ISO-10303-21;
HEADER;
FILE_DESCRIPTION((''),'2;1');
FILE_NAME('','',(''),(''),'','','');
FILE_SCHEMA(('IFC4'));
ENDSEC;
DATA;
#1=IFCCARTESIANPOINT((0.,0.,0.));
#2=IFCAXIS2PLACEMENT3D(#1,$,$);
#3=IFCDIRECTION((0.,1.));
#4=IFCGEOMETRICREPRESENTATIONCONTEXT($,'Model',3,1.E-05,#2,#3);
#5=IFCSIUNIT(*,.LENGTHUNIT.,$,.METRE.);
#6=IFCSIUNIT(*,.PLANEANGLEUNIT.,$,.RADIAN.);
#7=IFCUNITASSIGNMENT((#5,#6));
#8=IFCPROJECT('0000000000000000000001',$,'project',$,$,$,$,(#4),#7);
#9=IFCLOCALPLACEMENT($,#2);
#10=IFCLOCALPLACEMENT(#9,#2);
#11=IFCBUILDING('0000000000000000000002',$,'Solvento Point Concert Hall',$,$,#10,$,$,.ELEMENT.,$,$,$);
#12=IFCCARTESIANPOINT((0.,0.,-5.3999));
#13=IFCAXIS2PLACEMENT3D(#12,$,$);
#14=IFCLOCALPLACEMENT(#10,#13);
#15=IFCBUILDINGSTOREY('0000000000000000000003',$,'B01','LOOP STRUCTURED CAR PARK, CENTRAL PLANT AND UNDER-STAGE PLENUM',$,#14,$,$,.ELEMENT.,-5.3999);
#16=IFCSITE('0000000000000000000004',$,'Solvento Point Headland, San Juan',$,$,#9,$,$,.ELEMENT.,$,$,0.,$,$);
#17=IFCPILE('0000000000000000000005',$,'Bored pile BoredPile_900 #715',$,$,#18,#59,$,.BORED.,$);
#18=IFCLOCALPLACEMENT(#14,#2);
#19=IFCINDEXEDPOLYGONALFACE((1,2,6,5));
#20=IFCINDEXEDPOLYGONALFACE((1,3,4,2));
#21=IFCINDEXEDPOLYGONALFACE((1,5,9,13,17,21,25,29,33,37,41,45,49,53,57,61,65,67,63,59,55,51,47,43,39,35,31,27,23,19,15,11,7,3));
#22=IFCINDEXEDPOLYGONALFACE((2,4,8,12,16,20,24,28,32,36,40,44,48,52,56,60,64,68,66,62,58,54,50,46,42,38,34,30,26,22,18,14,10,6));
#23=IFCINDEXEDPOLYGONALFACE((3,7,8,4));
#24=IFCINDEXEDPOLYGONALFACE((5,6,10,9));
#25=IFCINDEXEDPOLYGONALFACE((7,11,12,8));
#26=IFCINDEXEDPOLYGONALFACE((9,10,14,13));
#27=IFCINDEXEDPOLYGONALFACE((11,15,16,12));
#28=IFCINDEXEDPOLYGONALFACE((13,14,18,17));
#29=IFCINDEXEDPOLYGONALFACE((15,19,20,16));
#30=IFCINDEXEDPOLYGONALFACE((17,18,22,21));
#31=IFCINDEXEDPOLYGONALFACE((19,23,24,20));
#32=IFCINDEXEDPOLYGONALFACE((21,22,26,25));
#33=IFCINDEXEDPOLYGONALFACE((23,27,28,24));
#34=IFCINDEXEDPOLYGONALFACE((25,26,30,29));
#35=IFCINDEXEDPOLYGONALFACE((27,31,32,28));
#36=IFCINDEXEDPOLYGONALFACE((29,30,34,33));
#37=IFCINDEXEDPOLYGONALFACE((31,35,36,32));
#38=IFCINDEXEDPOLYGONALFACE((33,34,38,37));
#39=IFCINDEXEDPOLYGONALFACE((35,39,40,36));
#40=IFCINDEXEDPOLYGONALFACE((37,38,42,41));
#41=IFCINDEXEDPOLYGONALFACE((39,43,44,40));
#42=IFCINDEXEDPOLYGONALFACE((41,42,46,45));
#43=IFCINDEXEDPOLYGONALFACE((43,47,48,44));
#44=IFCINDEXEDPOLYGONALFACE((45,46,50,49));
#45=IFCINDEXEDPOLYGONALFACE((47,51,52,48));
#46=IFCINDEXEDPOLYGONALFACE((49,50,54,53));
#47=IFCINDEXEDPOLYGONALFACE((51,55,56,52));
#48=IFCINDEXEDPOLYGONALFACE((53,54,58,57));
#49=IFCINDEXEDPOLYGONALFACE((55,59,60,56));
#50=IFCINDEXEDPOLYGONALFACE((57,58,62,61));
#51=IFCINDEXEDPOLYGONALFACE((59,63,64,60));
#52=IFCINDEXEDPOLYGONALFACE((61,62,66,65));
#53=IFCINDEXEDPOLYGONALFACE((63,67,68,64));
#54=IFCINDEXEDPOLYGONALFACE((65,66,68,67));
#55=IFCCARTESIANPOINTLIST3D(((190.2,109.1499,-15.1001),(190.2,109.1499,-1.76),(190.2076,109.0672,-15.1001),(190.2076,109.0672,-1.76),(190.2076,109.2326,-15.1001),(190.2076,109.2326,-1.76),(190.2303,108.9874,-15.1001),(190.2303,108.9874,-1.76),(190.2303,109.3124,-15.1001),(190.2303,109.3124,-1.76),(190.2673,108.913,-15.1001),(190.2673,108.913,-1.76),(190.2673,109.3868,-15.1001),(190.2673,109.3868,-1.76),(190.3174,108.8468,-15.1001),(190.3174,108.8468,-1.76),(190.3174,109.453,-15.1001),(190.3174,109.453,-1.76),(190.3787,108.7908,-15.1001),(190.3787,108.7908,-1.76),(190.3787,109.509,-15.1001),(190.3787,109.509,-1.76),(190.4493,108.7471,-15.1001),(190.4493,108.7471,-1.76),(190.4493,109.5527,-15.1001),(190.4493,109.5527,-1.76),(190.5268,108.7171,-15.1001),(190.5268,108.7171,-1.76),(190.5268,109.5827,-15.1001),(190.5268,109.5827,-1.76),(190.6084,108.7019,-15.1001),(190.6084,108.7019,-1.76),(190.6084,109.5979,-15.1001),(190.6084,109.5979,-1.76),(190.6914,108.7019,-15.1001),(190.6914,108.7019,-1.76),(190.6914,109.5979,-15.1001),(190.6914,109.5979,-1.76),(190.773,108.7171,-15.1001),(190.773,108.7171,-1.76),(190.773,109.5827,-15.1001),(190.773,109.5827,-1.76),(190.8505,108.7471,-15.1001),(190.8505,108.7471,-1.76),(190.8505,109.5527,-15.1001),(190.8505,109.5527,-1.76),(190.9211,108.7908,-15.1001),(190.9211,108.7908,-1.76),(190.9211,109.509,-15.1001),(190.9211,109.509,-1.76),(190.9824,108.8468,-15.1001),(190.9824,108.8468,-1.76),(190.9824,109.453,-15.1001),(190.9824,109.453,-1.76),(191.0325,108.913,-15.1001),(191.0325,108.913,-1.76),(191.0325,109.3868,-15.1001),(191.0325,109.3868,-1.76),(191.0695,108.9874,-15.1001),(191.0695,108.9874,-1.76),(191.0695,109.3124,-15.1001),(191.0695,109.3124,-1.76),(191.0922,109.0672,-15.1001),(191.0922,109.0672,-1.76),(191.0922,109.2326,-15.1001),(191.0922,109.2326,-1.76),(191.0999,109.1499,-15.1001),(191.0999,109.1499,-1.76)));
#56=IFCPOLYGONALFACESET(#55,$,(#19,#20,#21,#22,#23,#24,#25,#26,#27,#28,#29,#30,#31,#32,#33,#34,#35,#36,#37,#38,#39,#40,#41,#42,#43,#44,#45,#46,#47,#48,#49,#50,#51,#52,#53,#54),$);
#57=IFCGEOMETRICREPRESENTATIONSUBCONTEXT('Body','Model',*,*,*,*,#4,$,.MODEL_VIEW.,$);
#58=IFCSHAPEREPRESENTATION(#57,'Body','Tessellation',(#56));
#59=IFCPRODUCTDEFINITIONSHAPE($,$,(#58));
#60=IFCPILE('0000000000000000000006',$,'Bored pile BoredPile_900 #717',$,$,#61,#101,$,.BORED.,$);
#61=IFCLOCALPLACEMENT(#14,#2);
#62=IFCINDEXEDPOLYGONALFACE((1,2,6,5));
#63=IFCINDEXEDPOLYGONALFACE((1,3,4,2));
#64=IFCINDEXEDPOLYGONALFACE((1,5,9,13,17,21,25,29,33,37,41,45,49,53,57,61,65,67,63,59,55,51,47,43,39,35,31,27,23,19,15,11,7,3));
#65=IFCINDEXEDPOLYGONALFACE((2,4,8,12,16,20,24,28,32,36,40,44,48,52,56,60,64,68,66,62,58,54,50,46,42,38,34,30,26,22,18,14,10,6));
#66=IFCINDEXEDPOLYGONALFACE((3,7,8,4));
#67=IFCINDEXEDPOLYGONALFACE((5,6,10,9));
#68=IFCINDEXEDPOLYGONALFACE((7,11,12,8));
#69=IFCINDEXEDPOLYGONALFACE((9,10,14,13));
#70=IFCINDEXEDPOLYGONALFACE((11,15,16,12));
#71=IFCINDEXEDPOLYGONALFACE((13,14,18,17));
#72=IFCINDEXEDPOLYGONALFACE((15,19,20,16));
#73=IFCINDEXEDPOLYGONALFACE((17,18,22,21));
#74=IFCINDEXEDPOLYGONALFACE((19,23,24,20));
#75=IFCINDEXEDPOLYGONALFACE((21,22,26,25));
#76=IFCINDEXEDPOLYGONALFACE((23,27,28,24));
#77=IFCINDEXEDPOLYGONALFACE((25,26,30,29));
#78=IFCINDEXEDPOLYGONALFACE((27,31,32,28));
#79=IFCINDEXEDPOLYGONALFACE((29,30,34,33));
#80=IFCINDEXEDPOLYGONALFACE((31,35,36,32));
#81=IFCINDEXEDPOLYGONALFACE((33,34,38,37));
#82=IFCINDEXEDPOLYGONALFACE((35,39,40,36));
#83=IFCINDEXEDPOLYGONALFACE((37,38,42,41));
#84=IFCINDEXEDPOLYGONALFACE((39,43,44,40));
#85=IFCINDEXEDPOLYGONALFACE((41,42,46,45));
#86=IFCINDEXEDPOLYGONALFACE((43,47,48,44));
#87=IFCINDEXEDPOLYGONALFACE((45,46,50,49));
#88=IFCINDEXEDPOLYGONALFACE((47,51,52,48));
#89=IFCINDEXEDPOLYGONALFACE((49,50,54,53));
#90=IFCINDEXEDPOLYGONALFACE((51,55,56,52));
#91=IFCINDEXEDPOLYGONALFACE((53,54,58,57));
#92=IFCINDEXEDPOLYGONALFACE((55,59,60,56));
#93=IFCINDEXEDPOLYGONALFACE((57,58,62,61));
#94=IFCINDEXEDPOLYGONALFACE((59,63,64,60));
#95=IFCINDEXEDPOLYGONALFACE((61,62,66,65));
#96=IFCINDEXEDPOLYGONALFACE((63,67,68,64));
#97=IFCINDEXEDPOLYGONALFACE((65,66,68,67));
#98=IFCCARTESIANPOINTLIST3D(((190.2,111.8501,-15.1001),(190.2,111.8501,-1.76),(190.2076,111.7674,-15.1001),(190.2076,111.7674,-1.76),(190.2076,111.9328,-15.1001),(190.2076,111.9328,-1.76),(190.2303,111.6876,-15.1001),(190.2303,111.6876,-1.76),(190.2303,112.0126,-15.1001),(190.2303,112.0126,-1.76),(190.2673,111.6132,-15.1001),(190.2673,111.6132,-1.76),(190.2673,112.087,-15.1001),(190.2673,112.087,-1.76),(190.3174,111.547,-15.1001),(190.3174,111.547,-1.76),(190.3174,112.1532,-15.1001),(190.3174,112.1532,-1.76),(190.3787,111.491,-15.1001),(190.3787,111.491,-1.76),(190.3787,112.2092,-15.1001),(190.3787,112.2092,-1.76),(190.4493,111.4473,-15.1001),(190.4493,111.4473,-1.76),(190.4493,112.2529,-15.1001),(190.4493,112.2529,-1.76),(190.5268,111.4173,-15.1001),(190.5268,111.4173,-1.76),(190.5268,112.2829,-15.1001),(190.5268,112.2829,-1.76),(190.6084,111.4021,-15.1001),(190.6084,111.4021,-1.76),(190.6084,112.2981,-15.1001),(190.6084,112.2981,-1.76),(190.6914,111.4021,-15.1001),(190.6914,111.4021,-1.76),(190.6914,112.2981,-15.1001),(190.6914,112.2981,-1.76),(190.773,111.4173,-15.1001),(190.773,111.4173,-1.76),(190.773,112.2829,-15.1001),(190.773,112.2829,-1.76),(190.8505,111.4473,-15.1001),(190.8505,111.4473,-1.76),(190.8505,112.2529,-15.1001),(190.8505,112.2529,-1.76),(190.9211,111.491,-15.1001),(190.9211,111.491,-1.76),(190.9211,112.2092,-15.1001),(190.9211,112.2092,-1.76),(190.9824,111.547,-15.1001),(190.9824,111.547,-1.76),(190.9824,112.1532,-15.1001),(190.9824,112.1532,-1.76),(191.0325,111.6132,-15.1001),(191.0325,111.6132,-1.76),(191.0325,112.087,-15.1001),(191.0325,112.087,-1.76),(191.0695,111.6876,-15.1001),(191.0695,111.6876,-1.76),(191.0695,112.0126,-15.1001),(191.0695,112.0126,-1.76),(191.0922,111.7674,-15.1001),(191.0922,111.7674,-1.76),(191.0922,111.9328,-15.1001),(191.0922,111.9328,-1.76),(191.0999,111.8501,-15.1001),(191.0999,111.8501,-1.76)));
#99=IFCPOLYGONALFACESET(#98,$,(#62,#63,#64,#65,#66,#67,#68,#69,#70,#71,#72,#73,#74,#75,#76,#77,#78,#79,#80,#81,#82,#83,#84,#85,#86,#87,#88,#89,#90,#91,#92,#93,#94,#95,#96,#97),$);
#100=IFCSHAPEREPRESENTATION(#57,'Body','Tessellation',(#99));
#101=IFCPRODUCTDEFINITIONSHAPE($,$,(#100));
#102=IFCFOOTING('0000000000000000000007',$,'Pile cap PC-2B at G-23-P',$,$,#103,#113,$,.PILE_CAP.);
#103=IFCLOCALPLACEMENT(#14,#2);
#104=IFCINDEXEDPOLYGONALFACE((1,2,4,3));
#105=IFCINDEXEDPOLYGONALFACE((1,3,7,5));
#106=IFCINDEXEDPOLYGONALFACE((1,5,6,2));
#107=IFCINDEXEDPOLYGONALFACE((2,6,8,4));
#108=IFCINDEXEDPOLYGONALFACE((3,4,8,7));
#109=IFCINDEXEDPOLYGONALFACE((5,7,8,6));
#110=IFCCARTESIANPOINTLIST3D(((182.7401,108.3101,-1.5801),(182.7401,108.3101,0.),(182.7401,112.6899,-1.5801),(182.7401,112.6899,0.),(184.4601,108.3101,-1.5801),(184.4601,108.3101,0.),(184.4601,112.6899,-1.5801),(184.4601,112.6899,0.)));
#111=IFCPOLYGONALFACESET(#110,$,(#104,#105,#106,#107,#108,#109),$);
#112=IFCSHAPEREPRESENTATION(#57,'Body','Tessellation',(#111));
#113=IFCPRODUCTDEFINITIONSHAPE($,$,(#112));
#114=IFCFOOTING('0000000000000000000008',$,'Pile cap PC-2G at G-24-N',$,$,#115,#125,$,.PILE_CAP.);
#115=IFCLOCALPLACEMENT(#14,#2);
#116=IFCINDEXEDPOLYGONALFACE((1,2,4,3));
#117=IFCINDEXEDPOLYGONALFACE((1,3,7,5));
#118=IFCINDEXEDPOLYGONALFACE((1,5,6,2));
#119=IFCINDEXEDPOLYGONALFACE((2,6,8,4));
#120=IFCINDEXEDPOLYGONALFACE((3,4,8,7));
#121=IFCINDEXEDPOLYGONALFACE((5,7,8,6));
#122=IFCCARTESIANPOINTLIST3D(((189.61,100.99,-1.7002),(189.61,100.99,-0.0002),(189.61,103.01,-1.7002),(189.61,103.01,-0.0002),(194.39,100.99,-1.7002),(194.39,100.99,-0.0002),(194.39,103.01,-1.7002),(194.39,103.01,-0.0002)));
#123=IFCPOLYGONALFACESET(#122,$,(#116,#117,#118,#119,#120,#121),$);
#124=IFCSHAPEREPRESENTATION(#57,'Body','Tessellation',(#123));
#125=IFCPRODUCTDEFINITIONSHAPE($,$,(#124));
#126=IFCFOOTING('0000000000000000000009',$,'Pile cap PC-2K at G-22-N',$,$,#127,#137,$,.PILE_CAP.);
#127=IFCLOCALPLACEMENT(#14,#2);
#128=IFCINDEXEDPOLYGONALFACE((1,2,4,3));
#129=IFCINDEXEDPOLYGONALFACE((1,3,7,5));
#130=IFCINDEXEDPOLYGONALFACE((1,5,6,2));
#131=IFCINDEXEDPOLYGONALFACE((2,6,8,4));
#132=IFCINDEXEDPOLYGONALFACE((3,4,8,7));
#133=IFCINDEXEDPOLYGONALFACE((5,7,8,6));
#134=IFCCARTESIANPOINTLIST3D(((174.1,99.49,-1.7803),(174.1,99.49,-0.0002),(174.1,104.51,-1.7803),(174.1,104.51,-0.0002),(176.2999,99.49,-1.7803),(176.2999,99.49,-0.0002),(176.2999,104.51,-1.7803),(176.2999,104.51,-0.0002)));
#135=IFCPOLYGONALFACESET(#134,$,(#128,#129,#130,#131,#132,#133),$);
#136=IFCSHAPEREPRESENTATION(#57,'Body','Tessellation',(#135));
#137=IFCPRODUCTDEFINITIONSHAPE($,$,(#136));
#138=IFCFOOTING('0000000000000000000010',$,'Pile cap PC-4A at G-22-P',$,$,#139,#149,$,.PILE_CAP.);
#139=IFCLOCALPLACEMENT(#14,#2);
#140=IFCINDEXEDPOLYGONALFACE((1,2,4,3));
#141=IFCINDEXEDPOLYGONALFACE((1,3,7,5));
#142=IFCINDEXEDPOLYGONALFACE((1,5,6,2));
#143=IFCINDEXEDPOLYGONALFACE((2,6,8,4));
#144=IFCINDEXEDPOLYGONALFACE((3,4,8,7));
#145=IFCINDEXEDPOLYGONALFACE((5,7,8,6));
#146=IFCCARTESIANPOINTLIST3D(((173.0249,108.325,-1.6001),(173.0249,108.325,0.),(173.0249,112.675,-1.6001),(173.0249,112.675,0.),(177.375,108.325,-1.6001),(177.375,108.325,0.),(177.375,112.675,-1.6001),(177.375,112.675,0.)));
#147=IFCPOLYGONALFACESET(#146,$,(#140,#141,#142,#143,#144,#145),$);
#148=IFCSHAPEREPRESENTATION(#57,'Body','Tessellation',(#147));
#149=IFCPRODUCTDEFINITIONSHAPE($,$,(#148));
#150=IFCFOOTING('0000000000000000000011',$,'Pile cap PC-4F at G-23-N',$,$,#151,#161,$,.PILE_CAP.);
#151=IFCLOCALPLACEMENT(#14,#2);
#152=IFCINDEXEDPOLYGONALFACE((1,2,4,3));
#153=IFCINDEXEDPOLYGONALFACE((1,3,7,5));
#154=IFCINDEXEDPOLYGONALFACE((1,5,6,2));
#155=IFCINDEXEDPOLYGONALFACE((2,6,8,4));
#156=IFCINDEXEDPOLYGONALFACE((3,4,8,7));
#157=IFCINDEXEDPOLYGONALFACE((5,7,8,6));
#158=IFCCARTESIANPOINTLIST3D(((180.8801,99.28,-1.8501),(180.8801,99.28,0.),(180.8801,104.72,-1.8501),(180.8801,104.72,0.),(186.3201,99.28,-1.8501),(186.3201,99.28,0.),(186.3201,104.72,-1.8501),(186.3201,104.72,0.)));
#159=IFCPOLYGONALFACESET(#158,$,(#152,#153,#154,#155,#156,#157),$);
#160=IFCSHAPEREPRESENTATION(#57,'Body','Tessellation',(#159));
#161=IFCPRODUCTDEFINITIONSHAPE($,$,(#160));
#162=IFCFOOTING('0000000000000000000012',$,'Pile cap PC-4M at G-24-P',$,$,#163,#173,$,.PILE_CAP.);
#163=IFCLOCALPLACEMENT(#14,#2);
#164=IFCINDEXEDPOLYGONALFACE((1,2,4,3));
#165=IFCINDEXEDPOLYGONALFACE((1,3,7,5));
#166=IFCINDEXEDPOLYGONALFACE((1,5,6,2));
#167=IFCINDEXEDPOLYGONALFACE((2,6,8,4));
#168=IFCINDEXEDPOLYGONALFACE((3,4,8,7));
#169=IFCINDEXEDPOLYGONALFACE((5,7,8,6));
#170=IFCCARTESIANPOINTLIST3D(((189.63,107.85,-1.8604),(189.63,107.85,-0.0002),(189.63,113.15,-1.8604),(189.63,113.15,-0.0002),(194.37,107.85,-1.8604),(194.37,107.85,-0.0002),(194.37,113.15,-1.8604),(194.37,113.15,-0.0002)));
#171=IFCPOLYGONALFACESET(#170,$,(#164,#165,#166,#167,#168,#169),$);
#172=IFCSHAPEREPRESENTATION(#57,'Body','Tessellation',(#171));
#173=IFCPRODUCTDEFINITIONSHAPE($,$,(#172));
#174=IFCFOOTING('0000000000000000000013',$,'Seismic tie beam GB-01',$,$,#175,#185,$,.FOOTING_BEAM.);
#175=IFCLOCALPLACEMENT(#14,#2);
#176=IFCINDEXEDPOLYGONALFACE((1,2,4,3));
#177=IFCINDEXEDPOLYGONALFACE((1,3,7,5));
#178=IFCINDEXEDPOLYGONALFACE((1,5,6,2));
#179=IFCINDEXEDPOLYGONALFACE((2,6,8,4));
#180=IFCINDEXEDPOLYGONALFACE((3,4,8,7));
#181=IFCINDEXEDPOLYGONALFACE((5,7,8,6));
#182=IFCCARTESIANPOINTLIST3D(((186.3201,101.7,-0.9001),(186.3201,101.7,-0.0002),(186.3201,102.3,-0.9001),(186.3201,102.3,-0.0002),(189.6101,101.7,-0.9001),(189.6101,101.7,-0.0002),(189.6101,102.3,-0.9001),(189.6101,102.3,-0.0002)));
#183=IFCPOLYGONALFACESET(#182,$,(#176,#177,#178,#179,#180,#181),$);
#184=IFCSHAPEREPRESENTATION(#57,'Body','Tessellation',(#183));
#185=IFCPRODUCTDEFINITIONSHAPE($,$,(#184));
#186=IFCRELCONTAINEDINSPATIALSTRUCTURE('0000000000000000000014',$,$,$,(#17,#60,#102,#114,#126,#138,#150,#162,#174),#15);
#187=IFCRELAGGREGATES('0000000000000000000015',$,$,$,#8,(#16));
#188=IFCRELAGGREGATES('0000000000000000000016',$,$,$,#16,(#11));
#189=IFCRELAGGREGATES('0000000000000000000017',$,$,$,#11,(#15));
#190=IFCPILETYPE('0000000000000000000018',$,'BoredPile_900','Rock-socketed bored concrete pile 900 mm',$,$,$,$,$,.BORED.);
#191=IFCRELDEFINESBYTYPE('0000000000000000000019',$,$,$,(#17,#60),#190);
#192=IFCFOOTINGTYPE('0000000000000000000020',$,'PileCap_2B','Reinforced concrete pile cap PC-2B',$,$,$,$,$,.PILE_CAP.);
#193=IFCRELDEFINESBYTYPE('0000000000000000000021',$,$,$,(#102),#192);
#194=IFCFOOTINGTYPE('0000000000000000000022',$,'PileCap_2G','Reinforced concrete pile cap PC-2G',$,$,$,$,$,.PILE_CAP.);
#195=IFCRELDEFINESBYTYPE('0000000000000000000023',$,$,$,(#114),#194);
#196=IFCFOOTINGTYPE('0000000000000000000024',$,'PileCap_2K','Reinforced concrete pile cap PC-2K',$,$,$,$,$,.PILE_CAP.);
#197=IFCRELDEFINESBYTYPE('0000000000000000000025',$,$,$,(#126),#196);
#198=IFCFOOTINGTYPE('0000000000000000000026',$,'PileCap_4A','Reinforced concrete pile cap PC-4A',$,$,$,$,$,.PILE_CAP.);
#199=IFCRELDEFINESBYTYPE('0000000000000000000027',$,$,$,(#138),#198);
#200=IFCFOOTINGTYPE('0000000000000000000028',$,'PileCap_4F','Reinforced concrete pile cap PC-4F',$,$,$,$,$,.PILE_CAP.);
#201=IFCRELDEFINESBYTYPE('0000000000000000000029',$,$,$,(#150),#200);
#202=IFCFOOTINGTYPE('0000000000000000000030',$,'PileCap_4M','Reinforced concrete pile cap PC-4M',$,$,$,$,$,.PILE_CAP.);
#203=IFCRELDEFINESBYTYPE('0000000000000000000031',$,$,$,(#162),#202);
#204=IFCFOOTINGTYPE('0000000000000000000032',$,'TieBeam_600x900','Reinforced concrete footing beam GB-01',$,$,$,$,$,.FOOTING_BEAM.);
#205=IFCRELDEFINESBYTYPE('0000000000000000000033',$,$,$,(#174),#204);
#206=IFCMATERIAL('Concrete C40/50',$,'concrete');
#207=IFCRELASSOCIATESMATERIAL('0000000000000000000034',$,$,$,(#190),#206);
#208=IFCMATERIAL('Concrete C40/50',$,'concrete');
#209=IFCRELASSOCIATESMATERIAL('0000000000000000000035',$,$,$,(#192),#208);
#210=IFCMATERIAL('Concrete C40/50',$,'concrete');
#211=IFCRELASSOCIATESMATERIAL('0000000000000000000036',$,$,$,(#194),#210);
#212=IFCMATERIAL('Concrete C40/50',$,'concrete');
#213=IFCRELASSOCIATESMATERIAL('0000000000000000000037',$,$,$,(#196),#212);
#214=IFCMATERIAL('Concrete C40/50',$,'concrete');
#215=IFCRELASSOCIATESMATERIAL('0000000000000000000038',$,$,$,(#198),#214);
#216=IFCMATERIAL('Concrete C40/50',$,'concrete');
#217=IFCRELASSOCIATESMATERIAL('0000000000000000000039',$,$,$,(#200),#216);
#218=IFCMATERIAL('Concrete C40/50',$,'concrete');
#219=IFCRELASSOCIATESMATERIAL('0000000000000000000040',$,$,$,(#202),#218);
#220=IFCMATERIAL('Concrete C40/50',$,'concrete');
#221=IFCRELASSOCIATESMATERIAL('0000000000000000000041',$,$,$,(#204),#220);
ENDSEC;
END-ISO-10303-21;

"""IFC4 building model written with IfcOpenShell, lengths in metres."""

from ifc_helpers import new_model, si_unit, direction, frame, origin, origin_2d, place, context, subcontext, project, spatial, rectangle, circle, extrude, material, material_profile, profile_set, type_object, element, save


model = new_model("IFC4")

# Units and contexts
model_context = context("Model", 3, precision=1e-05, world=origin(), true_north=direction((0.0, 1.0)))
body_context = subcontext(model_context, "Body", "Model", "MODEL_VIEW")
ifc_project = project(units=[si_unit("LENGTHUNIT", "METRE"), si_unit("PLANEANGLEUNIT", "RADIAN")], contexts=[model_context])

# Site, building, storey
site_placement = place(None, origin())
site = spatial("IfcSite", under=ifc_project, at=site_placement, Name="Solvento Point Headland, San Juan", CompositionType="ELEMENT", RefElevation=0.0)
building_placement = place(site_placement, origin())
building = spatial("IfcBuilding", under=site, at=building_placement, Name="Solvento Point Concert Hall", CompositionType="ELEMENT")
storey_placement = place(building_placement, frame((0.0, 0.0, -5.3999)))
storey = spatial("IfcBuildingStorey", under=building, at=storey_placement, Name="B01", Description="LOOP STRUCTURED CAR PARK, CENTRAL PLANT AND UNDER-STAGE PLENUM", CompositionType="ELEMENT", Elevation=-5.3999)

# Piles
ifc_material_1 = material(Name="Concrete C40/50", Category="concrete")
ifc_material_profile_1 = material_profile(ifc_material_1, circle(Radius=0.45, at=origin_2d()), Name="BP-900")
ifc_profile_set_1 = profile_set([ifc_material_profile_1], Name="Concrete C40/50")
pile_type_1 = type_object("IfcPileType", Name="BoredPile_900", Description="Rock-socketed bored concrete pile 900 mm", PredefinedType="BORED", material=ifc_profile_set_1)
for number, where, z_axis, x_axis, name in (
    (1, (190.6499, 109.1499, -1.76), (0.0, 0.0, -1.0), (1.0, 0.0, 0.0), "Bored pile BoredPile_900 #715"),
    (2, (190.6499, 111.8501, -1.76), (0.0, 0.0, -1.0), (1.0, 0.0, 0.0), "Bored pile BoredPile_900 #717"),
):
    element("IfcPile", number, at=place(storey_placement, frame(where, z_axis=z_axis, x_axis=x_axis)), inside=storey, type_object=pile_type_1, Name=name, PredefinedType="BORED", context=body_context, shape_type="SweptSolid", body=[
        extrude(circle(Radius=0.45, at=origin_2d()), origin(), (0.0, 0.0, 1.0), 13.3401),
    ])

# Footings
ifc_material_2 = material(Name="Concrete C40/50", Category="concrete")
footing_type_1 = type_object("IfcFootingType", Name="PileCap_2B", Description="Reinforced concrete pile cap PC-2B", PredefinedType="PILE_CAP", material=ifc_material_2)
footing_1_placement = place(storey_placement, frame((183.6001, 110.5, -1.5801), z_axis=(0.0, 0.0, 1.0), x_axis=(1.0, 0.0, 0.0)))
element("IfcFooting", 3, at=footing_1_placement, inside=storey, type_object=footing_type_1, Name="Pile cap PC-2B at G-23-P", PredefinedType="PILE_CAP", context=body_context, shape_type="SweptSolid", body=[
    extrude(rectangle(XDim=1.72, YDim=4.3799, at=origin_2d()), origin(), (0.0, 0.0, 1.0), 1.5801),
])
ifc_material_3 = material(Name="Concrete C40/50", Category="concrete")
footing_type_2 = type_object("IfcFootingType", Name="PileCap_2G", Description="Reinforced concrete pile cap PC-2G", PredefinedType="PILE_CAP", material=ifc_material_3)
footing_2_placement = place(storey_placement, frame((192.0, 102.0, -1.7002), z_axis=(0.0, 0.0, 1.0), x_axis=(1.0, 0.0, 0.0)))
element("IfcFooting", 4, at=footing_2_placement, inside=storey, type_object=footing_type_2, Name="Pile cap PC-2G at G-24-N", PredefinedType="PILE_CAP", context=body_context, shape_type="SweptSolid", body=[
    extrude(rectangle(XDim=4.78, YDim=2.02, at=origin_2d()), origin(), (0.0, 0.0, 1.0), 1.7),
])
ifc_material_4 = material(Name="Concrete C40/50", Category="concrete")
footing_type_3 = type_object("IfcFootingType", Name="PileCap_2K", Description="Reinforced concrete pile cap PC-2K", PredefinedType="PILE_CAP", material=ifc_material_4)
footing_3_placement = place(storey_placement, frame((175.2, 102.0, -1.7803), z_axis=(0.0, 0.0, 1.0), x_axis=(1.0, 0.0, 0.0)))
element("IfcFooting", 5, at=footing_3_placement, inside=storey, type_object=footing_type_3, Name="Pile cap PC-2K at G-22-N", PredefinedType="PILE_CAP", context=body_context, shape_type="SweptSolid", body=[
    extrude(rectangle(XDim=2.2, YDim=5.02, at=origin_2d()), origin(), (0.0, 0.0, 1.0), 1.78),
])
ifc_material_5 = material(Name="Concrete C40/50", Category="concrete")
footing_type_4 = type_object("IfcFootingType", Name="PileCap_4A", Description="Reinforced concrete pile cap PC-4A", PredefinedType="PILE_CAP", material=ifc_material_5)
footing_4_placement = place(storey_placement, frame((175.2, 110.5, -1.6001), z_axis=(0.0, 0.0, 1.0), x_axis=(1.0, 0.0, 0.0)))
element("IfcFooting", 6, at=footing_4_placement, inside=storey, type_object=footing_type_4, Name="Pile cap PC-4A at G-22-P", PredefinedType="PILE_CAP", context=body_context, shape_type="SweptSolid", body=[
    extrude(rectangle(XDim=4.3501, YDim=4.3501, at=origin_2d()), origin(), (0.0, 0.0, 1.0), 1.6001),
])
ifc_material_6 = material(Name="Concrete C40/50", Category="concrete")
footing_type_5 = type_object("IfcFootingType", Name="PileCap_4F", Description="Reinforced concrete pile cap PC-4F", PredefinedType="PILE_CAP", material=ifc_material_6)
footing_5_placement = place(storey_placement, frame((183.6001, 102.0, -1.8501), z_axis=(0.0, 0.0, 1.0), x_axis=(1.0, 0.0, 0.0)))
element("IfcFooting", 7, at=footing_5_placement, inside=storey, type_object=footing_type_5, Name="Pile cap PC-4F at G-23-N", PredefinedType="PILE_CAP", context=body_context, shape_type="SweptSolid", body=[
    extrude(rectangle(XDim=5.4399, YDim=5.4399, at=origin_2d()), origin(), (0.0, 0.0, 1.0), 1.8501),
])
ifc_material_7 = material(Name="Concrete C40/50", Category="concrete")
footing_type_6 = type_object("IfcFootingType", Name="PileCap_4M", Description="Reinforced concrete pile cap PC-4M", PredefinedType="PILE_CAP", material=ifc_material_7)
footing_6_placement = place(storey_placement, frame((192.0, 110.5, -1.8604), z_axis=(0.0, 0.0, 1.0), x_axis=(1.0, 0.0, 0.0)))
element("IfcFooting", 8, at=footing_6_placement, inside=storey, type_object=footing_type_6, Name="Pile cap PC-4M at G-24-P", PredefinedType="PILE_CAP", context=body_context, shape_type="SweptSolid", body=[
    extrude(rectangle(XDim=4.74, YDim=5.3, at=origin_2d()), origin(), (0.0, 0.0, 1.0), 1.8601),
])
ifc_material_8 = material(Name="Concrete C40/50", Category="concrete")
footing_type_7 = type_object("IfcFootingType", Name="TieBeam_600x900", Description="Reinforced concrete footing beam GB-01", PredefinedType="FOOTING_BEAM", material=ifc_material_8)
footing_7_placement = place(storey_placement, frame((187.9651, 102.0, -0.9001), z_axis=(0.0, 0.0, 1.0), x_axis=(1.0, 0.0, 0.0)))
element("IfcFooting", 9, at=footing_7_placement, inside=storey, type_object=footing_type_7, Name="Seismic tie beam GB-01", PredefinedType="FOOTING_BEAM", context=body_context, shape_type="SweptSolid", body=[
    extrude(rectangle(XDim=3.29, YDim=0.6001, at=origin_2d()), origin(), (0.0, 0.0, 1.0), 0.8999),
])

save(model, "model.ifc")
